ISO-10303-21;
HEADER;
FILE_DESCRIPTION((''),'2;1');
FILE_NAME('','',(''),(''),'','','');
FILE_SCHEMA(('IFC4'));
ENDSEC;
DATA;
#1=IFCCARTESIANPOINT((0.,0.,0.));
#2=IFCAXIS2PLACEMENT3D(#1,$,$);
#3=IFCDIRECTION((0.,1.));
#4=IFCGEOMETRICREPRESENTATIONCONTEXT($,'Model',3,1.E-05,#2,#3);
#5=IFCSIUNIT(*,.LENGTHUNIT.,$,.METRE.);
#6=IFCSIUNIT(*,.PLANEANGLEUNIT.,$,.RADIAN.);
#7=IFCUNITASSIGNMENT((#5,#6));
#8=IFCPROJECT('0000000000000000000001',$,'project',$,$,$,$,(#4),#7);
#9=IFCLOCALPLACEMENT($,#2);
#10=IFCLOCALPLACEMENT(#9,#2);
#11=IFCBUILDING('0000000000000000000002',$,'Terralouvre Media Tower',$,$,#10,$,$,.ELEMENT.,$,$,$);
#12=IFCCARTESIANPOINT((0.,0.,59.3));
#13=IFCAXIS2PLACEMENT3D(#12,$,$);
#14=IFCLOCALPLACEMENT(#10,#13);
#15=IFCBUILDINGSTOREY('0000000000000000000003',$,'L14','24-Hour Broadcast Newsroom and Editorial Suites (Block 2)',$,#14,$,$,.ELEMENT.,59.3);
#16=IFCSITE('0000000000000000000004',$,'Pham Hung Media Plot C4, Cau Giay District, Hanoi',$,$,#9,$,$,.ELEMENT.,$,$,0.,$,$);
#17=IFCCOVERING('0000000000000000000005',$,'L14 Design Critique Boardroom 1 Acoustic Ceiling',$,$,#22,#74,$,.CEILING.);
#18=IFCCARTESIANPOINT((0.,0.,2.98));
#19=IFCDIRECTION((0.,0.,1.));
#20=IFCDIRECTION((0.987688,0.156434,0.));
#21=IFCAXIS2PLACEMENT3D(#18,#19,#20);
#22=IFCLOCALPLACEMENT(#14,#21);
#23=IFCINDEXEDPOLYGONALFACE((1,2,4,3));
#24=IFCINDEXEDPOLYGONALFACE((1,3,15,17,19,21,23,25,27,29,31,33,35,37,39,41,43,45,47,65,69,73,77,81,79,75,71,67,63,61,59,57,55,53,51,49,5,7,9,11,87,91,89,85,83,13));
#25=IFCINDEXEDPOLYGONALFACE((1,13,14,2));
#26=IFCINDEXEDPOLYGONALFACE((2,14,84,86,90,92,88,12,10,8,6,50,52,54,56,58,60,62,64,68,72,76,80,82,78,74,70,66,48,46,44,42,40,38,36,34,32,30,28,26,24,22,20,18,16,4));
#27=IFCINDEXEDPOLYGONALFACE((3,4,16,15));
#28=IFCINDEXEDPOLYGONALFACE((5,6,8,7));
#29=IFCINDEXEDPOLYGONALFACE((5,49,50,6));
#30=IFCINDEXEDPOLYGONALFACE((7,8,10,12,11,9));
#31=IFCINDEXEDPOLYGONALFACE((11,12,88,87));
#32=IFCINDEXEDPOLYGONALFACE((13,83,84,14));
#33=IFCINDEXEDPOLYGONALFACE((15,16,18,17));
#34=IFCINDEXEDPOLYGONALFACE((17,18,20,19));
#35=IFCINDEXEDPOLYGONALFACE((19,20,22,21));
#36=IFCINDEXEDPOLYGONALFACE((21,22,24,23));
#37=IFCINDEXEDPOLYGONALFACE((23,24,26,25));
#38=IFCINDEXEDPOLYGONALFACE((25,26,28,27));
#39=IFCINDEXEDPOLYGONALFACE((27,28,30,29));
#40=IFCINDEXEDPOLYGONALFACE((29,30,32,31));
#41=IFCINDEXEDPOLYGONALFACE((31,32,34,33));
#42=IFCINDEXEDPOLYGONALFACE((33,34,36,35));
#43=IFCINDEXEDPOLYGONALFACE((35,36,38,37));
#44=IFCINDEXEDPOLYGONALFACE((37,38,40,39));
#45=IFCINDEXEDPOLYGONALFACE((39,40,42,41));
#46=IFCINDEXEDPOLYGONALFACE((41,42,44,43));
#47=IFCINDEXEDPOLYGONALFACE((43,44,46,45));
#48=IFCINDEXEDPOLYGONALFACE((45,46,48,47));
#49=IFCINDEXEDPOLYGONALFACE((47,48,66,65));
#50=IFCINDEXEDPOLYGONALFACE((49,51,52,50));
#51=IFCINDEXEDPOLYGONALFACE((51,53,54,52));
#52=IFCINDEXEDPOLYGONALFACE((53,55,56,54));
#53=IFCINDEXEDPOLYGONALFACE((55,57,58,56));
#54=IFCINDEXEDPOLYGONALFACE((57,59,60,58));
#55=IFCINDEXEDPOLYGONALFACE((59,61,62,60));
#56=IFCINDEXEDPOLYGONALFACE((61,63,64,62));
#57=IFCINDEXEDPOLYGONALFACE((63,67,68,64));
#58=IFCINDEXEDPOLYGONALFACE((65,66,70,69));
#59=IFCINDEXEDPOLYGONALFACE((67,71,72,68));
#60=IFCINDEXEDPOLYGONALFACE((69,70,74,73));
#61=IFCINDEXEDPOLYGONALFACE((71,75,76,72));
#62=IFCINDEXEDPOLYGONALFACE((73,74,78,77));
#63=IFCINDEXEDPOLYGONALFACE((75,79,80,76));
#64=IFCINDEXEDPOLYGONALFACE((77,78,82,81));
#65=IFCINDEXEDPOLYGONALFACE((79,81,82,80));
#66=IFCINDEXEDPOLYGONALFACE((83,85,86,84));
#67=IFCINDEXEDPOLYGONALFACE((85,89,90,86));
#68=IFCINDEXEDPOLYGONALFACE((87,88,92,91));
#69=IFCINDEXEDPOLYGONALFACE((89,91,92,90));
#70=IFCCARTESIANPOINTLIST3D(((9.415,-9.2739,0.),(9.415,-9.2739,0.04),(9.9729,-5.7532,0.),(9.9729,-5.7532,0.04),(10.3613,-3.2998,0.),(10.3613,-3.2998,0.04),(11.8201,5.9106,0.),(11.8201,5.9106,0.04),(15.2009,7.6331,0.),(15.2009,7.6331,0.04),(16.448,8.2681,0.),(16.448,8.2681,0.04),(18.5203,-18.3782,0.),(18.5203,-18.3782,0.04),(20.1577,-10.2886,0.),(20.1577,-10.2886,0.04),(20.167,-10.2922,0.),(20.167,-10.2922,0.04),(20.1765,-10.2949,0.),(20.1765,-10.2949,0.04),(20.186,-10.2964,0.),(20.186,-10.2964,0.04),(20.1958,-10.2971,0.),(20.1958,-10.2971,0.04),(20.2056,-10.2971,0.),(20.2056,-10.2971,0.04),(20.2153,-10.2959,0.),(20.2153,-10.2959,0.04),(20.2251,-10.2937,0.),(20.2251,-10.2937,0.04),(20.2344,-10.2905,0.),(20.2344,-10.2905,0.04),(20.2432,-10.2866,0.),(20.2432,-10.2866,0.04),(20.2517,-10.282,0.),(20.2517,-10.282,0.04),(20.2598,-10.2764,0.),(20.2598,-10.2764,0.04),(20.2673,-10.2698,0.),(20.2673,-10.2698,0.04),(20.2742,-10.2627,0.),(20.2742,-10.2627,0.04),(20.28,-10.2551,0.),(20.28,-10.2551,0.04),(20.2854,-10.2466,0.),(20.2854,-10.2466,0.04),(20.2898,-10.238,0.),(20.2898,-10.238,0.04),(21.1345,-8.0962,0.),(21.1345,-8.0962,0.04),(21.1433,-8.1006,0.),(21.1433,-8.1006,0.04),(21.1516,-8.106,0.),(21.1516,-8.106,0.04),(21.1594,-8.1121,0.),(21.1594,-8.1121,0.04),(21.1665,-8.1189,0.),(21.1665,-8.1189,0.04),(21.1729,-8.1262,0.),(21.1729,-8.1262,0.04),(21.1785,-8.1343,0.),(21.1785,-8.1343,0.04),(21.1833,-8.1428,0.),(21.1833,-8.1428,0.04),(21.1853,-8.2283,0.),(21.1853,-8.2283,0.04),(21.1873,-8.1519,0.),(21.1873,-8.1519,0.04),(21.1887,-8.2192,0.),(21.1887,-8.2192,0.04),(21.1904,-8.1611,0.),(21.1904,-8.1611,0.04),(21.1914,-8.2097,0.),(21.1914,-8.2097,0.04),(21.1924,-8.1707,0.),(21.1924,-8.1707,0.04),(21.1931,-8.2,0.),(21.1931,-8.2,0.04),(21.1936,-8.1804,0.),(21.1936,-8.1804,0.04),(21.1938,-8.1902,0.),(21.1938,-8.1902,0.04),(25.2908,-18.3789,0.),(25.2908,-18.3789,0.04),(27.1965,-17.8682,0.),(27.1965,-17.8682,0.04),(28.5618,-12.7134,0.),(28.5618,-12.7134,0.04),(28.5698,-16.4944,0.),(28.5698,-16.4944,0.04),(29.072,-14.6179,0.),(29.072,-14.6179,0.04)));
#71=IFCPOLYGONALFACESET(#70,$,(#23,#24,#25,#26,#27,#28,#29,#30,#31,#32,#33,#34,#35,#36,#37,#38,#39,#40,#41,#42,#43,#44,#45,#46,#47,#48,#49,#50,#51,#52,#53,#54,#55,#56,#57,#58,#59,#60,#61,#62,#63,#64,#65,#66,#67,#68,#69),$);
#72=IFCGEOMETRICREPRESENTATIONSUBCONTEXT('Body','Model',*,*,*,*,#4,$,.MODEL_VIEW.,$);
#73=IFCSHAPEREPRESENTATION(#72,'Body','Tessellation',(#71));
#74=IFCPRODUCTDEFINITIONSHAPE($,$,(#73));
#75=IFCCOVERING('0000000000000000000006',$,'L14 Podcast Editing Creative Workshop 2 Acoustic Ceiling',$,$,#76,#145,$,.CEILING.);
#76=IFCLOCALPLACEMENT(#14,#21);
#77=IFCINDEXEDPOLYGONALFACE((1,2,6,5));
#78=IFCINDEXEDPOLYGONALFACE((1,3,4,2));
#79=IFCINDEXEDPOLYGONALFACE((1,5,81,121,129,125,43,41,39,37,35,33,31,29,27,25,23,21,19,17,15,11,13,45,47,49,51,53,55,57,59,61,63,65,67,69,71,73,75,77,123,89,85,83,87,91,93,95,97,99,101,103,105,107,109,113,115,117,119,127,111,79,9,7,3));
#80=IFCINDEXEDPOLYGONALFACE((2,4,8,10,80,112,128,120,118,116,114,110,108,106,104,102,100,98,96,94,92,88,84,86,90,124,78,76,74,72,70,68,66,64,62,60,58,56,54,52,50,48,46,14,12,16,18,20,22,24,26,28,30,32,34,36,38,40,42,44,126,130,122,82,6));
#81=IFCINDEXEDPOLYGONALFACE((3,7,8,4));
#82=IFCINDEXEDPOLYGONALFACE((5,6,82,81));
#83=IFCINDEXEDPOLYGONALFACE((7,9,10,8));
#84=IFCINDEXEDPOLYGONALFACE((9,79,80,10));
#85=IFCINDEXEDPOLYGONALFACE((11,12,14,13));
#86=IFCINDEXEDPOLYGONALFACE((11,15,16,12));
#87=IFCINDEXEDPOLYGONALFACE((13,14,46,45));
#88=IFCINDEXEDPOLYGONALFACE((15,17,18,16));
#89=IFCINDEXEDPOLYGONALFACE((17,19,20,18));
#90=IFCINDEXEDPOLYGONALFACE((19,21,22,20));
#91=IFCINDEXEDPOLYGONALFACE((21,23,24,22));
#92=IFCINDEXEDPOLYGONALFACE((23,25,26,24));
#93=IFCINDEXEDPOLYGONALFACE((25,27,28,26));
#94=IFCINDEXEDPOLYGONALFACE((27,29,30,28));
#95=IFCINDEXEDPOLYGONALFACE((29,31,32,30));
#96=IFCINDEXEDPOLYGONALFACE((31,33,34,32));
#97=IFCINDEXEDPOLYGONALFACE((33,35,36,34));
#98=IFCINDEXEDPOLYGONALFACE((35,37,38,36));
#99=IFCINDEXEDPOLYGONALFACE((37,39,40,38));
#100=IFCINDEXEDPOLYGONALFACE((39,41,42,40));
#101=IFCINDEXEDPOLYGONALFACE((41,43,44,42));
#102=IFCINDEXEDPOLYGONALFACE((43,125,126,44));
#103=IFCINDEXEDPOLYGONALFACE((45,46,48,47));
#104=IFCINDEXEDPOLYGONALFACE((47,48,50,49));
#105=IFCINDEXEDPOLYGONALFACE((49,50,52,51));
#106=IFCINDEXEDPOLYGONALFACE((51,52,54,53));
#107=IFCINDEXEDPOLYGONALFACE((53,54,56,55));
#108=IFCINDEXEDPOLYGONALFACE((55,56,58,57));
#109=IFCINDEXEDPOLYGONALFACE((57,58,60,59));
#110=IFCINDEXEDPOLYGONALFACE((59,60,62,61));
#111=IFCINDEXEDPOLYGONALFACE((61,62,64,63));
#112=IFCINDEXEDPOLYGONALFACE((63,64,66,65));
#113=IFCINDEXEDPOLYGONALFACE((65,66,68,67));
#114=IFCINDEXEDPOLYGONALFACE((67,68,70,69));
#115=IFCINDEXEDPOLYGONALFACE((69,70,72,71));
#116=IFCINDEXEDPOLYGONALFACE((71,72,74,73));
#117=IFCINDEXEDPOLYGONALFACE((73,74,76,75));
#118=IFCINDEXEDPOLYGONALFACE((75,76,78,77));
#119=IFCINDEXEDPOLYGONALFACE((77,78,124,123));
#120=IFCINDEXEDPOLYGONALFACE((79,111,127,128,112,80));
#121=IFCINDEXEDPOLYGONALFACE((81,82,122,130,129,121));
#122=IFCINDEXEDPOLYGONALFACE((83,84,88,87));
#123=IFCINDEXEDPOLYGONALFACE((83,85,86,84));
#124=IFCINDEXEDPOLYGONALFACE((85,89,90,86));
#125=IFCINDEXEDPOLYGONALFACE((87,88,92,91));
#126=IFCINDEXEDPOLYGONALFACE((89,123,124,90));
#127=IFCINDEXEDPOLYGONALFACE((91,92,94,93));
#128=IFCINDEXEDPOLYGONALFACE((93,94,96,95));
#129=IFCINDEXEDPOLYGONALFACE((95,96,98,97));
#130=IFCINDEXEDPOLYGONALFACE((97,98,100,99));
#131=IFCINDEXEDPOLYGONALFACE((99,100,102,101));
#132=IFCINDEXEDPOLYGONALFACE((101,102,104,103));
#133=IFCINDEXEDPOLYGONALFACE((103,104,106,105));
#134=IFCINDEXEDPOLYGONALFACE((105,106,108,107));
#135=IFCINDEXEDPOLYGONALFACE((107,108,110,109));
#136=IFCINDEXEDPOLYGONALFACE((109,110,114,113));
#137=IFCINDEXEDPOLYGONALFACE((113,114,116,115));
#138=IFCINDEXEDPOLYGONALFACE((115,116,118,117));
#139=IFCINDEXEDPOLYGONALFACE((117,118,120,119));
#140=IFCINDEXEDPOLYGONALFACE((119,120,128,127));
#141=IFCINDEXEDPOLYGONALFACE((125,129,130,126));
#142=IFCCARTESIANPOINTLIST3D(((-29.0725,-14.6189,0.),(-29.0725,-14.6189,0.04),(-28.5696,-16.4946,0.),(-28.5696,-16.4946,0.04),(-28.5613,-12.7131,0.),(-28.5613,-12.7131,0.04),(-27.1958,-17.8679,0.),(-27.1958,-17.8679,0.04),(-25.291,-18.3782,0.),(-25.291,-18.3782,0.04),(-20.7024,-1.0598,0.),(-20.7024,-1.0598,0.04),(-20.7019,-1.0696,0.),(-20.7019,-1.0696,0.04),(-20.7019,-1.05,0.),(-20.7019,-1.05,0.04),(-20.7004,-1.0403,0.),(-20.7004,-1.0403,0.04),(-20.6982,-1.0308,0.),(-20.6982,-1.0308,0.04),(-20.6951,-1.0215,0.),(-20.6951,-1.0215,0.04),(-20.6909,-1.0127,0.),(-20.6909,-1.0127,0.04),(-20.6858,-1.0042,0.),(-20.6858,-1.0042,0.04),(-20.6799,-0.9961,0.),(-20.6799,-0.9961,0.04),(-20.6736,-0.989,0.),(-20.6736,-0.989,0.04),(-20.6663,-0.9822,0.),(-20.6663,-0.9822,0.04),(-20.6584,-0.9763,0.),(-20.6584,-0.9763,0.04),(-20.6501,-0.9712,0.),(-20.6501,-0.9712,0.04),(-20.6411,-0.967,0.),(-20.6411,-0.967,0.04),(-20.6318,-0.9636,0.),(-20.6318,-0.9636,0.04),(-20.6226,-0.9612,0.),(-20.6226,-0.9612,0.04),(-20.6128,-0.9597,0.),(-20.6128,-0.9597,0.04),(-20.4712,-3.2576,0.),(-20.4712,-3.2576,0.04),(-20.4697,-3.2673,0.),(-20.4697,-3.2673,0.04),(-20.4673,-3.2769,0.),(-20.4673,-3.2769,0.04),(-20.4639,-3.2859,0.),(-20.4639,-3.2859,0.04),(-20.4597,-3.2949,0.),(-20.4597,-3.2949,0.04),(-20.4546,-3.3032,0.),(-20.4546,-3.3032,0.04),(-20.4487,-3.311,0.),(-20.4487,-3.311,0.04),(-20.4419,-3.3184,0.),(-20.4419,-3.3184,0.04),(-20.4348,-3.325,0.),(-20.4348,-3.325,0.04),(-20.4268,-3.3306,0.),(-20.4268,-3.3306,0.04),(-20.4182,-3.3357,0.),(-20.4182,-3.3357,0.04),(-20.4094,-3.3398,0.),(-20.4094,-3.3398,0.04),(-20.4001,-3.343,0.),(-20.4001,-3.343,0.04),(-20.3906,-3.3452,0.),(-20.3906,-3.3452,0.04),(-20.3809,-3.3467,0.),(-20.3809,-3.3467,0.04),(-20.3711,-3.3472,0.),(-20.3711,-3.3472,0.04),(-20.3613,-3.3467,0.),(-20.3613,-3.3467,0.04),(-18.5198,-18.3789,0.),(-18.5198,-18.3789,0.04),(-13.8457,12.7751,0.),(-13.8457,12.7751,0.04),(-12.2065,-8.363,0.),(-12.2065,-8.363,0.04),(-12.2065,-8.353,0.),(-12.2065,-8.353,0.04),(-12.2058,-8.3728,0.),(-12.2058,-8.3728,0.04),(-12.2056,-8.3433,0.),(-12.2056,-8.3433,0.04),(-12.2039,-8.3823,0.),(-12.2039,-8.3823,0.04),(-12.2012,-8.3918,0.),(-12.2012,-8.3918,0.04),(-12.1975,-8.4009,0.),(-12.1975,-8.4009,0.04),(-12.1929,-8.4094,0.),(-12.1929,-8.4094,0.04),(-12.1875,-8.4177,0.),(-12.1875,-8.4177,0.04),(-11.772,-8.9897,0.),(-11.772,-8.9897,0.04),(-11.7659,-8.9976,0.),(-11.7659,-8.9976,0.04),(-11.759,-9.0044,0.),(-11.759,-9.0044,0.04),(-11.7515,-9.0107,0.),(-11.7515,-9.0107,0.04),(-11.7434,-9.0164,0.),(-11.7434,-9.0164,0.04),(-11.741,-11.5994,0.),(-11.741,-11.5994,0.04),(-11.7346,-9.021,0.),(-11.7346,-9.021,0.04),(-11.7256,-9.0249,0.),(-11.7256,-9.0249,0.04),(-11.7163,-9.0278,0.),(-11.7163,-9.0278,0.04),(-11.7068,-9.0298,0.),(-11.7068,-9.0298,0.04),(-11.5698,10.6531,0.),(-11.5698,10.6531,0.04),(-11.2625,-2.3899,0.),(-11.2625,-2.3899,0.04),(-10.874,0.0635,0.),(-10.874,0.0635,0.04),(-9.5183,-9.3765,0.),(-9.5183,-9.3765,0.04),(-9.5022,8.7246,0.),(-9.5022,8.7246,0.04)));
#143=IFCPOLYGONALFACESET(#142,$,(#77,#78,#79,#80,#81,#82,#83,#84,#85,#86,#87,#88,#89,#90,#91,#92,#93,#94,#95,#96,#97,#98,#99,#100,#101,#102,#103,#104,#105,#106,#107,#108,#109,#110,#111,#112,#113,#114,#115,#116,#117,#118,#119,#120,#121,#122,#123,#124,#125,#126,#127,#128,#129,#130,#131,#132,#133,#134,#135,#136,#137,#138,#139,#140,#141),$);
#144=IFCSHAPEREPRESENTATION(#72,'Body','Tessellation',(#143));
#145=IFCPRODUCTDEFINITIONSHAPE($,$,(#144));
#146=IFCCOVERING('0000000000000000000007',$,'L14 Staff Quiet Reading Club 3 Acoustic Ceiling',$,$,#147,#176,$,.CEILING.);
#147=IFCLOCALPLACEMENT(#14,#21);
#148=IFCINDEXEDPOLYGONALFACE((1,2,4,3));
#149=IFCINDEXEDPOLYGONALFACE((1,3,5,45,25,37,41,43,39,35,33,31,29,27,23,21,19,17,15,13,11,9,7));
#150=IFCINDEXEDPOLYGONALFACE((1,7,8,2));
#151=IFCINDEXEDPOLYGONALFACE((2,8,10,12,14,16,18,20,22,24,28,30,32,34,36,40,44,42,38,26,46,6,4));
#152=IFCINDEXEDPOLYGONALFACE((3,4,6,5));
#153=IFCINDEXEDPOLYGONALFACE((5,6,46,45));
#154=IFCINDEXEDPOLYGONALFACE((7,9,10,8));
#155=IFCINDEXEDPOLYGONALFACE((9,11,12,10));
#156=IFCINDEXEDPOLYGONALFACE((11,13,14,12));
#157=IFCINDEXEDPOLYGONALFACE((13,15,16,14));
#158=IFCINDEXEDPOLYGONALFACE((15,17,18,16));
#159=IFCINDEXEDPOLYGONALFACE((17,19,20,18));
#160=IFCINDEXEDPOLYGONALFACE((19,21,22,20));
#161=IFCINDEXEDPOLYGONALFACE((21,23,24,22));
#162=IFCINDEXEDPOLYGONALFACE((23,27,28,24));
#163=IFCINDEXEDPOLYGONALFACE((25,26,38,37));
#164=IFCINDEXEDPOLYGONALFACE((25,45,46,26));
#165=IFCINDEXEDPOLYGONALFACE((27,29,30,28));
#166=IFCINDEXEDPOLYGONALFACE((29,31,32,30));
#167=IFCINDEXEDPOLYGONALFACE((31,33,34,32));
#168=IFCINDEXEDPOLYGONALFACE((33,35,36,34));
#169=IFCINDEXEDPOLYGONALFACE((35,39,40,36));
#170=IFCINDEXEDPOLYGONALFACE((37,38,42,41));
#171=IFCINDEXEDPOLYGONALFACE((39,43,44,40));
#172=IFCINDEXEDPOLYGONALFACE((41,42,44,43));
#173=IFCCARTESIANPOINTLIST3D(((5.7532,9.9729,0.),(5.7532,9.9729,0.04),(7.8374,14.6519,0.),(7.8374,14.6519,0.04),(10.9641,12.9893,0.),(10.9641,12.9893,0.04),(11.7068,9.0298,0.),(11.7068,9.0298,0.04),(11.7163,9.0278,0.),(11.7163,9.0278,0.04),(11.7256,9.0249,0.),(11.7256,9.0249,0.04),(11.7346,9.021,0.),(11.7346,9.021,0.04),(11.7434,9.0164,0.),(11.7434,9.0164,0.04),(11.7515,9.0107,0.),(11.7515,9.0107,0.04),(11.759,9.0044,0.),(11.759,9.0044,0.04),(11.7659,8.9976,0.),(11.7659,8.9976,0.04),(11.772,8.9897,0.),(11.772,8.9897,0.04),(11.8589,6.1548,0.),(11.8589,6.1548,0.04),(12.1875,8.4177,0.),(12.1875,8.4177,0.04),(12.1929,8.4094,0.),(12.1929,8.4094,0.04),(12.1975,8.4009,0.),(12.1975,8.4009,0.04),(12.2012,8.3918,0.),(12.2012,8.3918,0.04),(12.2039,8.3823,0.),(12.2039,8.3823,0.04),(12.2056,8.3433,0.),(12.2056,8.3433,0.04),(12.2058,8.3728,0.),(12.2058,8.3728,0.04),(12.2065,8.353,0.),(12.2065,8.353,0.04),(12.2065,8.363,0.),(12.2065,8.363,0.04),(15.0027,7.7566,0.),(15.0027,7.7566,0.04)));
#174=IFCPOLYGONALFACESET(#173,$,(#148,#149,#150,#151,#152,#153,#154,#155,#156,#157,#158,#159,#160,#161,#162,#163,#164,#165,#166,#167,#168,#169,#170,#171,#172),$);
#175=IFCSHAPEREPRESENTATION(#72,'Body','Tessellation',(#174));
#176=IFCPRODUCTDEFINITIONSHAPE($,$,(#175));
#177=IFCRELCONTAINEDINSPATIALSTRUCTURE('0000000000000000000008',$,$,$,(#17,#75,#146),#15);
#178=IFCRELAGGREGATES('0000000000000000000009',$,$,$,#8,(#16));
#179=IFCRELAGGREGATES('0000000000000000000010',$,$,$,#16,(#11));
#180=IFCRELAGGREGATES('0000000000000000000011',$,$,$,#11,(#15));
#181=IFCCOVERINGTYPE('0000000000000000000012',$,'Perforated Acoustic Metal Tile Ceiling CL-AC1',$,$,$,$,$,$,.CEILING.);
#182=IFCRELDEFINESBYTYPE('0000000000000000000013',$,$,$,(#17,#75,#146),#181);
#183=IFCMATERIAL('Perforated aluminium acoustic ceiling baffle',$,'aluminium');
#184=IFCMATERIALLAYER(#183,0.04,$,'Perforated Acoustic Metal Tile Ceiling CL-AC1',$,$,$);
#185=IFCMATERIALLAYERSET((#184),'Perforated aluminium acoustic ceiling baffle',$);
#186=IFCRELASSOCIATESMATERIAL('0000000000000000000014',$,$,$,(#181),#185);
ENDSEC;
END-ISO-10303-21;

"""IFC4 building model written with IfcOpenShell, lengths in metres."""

from ifc_helpers import new_model, si_unit, direction, frame, origin, place, context, subcontext, project, spatial, polyline, outline, extrude, material, layer, layer_set, type_object, element, save


model = new_model("IFC4")

# Units and contexts
model_context = context("Model", 3, precision=1e-05, world=origin(), true_north=direction((0.0, 1.0)))
body_context = subcontext(model_context, "Body", "Model", "MODEL_VIEW")
ifc_project = project(units=[si_unit("LENGTHUNIT", "METRE"), si_unit("PLANEANGLEUNIT", "RADIAN")], contexts=[model_context])

# Site, building, storey
site_placement = place(None, origin())
site = spatial("IfcSite", under=ifc_project, at=site_placement, Name="Pham Hung Media Plot C4, Cau Giay District, Hanoi", CompositionType="ELEMENT", RefElevation=0.0)
building_placement = place(site_placement, origin())
building = spatial("IfcBuilding", under=site, at=building_placement, Name="Terralouvre Media Tower", CompositionType="ELEMENT")
storey_placement = place(building_placement, frame((0.0, 0.0, 59.3)))
storey = spatial("IfcBuildingStorey", under=building, at=storey_placement, Name="L14", Description="24-Hour Broadcast Newsroom and Editorial Suites (Block 2)", CompositionType="ELEMENT", Elevation=59.3)

# Coverings
ifc_material_1 = material(Name="Perforated aluminium acoustic ceiling baffle", Category="aluminium")
ifc_layer_1 = layer(ifc_material_1, 0.04, Name="Perforated Acoustic Metal Tile Ceiling CL-AC1")
ifc_layer_set_1 = layer_set([ifc_layer_1], Name="Perforated aluminium acoustic ceiling baffle")
covering_type = type_object("IfcCoveringType", Name="Perforated Acoustic Metal Tile Ceiling CL-AC1", PredefinedType="CEILING", material=ifc_layer_set_1)
covering_1_placement = place(storey_placement, frame((0.0, 0.0, 2.98), z_axis=(0.0, 0.0, 1.0), x_axis=(0.987688, 0.156434, 0.0)))
element("IfcCovering", 1, at=covering_1_placement, inside=storey, type_object=covering_type, Name="L14 Design Critique Boardroom 1 Acoustic Ceiling", PredefinedType="CEILING", context=body_context, shape_type="SweptSolid", body=[
    extrude(outline(polyline([(11.8201, 5.9106), (10.3613, -3.2998), (21.1345, -8.0962), (21.1433, -8.1006), (21.1516, -8.106), (21.1594, -8.1121), (21.1665, -8.1189), (21.1729, -8.1262), (21.1785, -8.1343), (21.1833, -8.1428), (21.1873, -8.1519), (21.1904, -8.1611), (21.1924, -8.1707), (21.1936, -8.1804), (21.1938, -8.1902), (21.1931, -8.2), (21.1914, -8.2097), (21.1887, -8.2192), (21.1853, -8.2283), (20.2898, -10.238), (20.2854, -10.2466), (20.28, -10.2551), (20.2742, -10.2627), (20.2673, -10.2698), (20.2598, -10.2764), (20.2517, -10.282), (20.2432, -10.2866), (20.2344, -10.2905), (20.2251, -10.2937), (20.2153, -10.2959), (20.2056, -10.2971), (20.1958, -10.2971), (20.186, -10.2964), (20.1765, -10.2949), (20.167, -10.2922), (20.1577, -10.2886), (9.9729, -5.7532), (9.415, -9.2739), (18.5203, -18.3782), (25.2908, -18.3789), (27.1965, -17.8682), (28.5698, -16.4944), (29.072, -14.6179), (28.5618, -12.7134), (16.448, 8.2681), (15.2009, 7.6331), (11.8201, 5.9106)])), origin(), (0.0, 0.0, 1.0), 0.04),
])
covering_2_placement = place(storey_placement, frame((0.0, 0.0, 2.98), z_axis=(0.0, 0.0, 1.0), x_axis=(0.987688, 0.156434, 0.0)))
element("IfcCovering", 2, at=covering_2_placement, inside=storey, type_object=covering_type, Name="L14 Podcast Editing Creative Workshop 2 Acoustic Ceiling", PredefinedType="CEILING", context=body_context, shape_type="SweptSolid", body=[
    extrude(outline(polyline([(-9.5183, -9.3765), (-11.7068, -9.0298), (-11.7163, -9.0278), (-11.7256, -9.0249), (-11.7346, -9.021), (-11.7434, -9.0164), (-11.7515, -9.0107), (-11.759, -9.0044), (-11.7659, -8.9976), (-11.772, -8.9897), (-12.1875, -8.4177), (-12.1929, -8.4094), (-12.1975, -8.4009), (-12.2012, -8.3918), (-12.2039, -8.3823), (-12.2058, -8.3728), (-12.2065, -8.363), (-12.2065, -8.353), (-12.2056, -8.3433), (-11.2625, -2.3899), (-20.3613, -3.3467), (-20.3711, -3.3472), (-20.3809, -3.3467), (-20.3906, -3.3452), (-20.4001, -3.343), (-20.4094, -3.3398), (-20.4182, -3.3357), (-20.4268, -3.3306), (-20.4348, -3.325), (-20.4419, -3.3184), (-20.4487, -3.311), (-20.4546, -3.3032), (-20.4597, -3.2949), (-20.4639, -3.2859), (-20.4673, -3.2769), (-20.4697, -3.2673), (-20.4712, -3.2576), (-20.7019, -1.0696), (-20.7024, -1.0598), (-20.7019, -1.05), (-20.7004, -1.0403), (-20.6982, -1.0308), (-20.6951, -1.0215), (-20.6909, -1.0127), (-20.6858, -1.0042), (-20.6799, -0.9961), (-20.6736, -0.989), (-20.6663, -0.9822), (-20.6584, -0.9763), (-20.6501, -0.9712), (-20.6411, -0.967), (-20.6318, -0.9636), (-20.6226, -0.9612), (-20.6128, -0.9597), (-10.874, 0.0635), (-9.5022, 8.7246), (-11.5698, 10.6531), (-13.8457, 12.7751), (-28.5613, -12.7131), (-29.0725, -14.6189), (-28.5696, -16.4946), (-27.1958, -17.8679), (-25.291, -18.3782), (-18.5198, -18.3789), (-11.741, -11.5994), (-9.5183, -9.3765)])), origin(), (0.0, 0.0, 1.0), 0.04),
])
covering_3_placement = place(storey_placement, frame((0.0, 0.0, 2.98), z_axis=(0.0, 0.0, 1.0), x_axis=(0.987688, 0.156434, 0.0)))
element("IfcCovering", 3, at=covering_3_placement, inside=storey, type_object=covering_type, Name="L14 Staff Quiet Reading Club 3 Acoustic Ceiling", PredefinedType="CEILING", context=body_context, shape_type="SweptSolid", body=[
    extrude(outline(polyline([(10.9641, 12.9893), (7.8374, 14.6519), (5.7532, 9.9729), (11.7068, 9.0298), (11.7163, 9.0278), (11.7256, 9.0249), (11.7346, 9.021), (11.7434, 9.0164), (11.7515, 9.0107), (11.759, 9.0044), (11.7659, 8.9976), (11.772, 8.9897), (12.1875, 8.4177), (12.1929, 8.4094), (12.1975, 8.4009), (12.2012, 8.3918), (12.2039, 8.3823), (12.2058, 8.3728), (12.2065, 8.363), (12.2065, 8.353), (12.2056, 8.3433), (11.8589, 6.1548), (15.0027, 7.7566), (10.9641, 12.9893)])), origin(), (0.0, 0.0, 1.0), 0.04),
])

save(model, "model.ifc")
